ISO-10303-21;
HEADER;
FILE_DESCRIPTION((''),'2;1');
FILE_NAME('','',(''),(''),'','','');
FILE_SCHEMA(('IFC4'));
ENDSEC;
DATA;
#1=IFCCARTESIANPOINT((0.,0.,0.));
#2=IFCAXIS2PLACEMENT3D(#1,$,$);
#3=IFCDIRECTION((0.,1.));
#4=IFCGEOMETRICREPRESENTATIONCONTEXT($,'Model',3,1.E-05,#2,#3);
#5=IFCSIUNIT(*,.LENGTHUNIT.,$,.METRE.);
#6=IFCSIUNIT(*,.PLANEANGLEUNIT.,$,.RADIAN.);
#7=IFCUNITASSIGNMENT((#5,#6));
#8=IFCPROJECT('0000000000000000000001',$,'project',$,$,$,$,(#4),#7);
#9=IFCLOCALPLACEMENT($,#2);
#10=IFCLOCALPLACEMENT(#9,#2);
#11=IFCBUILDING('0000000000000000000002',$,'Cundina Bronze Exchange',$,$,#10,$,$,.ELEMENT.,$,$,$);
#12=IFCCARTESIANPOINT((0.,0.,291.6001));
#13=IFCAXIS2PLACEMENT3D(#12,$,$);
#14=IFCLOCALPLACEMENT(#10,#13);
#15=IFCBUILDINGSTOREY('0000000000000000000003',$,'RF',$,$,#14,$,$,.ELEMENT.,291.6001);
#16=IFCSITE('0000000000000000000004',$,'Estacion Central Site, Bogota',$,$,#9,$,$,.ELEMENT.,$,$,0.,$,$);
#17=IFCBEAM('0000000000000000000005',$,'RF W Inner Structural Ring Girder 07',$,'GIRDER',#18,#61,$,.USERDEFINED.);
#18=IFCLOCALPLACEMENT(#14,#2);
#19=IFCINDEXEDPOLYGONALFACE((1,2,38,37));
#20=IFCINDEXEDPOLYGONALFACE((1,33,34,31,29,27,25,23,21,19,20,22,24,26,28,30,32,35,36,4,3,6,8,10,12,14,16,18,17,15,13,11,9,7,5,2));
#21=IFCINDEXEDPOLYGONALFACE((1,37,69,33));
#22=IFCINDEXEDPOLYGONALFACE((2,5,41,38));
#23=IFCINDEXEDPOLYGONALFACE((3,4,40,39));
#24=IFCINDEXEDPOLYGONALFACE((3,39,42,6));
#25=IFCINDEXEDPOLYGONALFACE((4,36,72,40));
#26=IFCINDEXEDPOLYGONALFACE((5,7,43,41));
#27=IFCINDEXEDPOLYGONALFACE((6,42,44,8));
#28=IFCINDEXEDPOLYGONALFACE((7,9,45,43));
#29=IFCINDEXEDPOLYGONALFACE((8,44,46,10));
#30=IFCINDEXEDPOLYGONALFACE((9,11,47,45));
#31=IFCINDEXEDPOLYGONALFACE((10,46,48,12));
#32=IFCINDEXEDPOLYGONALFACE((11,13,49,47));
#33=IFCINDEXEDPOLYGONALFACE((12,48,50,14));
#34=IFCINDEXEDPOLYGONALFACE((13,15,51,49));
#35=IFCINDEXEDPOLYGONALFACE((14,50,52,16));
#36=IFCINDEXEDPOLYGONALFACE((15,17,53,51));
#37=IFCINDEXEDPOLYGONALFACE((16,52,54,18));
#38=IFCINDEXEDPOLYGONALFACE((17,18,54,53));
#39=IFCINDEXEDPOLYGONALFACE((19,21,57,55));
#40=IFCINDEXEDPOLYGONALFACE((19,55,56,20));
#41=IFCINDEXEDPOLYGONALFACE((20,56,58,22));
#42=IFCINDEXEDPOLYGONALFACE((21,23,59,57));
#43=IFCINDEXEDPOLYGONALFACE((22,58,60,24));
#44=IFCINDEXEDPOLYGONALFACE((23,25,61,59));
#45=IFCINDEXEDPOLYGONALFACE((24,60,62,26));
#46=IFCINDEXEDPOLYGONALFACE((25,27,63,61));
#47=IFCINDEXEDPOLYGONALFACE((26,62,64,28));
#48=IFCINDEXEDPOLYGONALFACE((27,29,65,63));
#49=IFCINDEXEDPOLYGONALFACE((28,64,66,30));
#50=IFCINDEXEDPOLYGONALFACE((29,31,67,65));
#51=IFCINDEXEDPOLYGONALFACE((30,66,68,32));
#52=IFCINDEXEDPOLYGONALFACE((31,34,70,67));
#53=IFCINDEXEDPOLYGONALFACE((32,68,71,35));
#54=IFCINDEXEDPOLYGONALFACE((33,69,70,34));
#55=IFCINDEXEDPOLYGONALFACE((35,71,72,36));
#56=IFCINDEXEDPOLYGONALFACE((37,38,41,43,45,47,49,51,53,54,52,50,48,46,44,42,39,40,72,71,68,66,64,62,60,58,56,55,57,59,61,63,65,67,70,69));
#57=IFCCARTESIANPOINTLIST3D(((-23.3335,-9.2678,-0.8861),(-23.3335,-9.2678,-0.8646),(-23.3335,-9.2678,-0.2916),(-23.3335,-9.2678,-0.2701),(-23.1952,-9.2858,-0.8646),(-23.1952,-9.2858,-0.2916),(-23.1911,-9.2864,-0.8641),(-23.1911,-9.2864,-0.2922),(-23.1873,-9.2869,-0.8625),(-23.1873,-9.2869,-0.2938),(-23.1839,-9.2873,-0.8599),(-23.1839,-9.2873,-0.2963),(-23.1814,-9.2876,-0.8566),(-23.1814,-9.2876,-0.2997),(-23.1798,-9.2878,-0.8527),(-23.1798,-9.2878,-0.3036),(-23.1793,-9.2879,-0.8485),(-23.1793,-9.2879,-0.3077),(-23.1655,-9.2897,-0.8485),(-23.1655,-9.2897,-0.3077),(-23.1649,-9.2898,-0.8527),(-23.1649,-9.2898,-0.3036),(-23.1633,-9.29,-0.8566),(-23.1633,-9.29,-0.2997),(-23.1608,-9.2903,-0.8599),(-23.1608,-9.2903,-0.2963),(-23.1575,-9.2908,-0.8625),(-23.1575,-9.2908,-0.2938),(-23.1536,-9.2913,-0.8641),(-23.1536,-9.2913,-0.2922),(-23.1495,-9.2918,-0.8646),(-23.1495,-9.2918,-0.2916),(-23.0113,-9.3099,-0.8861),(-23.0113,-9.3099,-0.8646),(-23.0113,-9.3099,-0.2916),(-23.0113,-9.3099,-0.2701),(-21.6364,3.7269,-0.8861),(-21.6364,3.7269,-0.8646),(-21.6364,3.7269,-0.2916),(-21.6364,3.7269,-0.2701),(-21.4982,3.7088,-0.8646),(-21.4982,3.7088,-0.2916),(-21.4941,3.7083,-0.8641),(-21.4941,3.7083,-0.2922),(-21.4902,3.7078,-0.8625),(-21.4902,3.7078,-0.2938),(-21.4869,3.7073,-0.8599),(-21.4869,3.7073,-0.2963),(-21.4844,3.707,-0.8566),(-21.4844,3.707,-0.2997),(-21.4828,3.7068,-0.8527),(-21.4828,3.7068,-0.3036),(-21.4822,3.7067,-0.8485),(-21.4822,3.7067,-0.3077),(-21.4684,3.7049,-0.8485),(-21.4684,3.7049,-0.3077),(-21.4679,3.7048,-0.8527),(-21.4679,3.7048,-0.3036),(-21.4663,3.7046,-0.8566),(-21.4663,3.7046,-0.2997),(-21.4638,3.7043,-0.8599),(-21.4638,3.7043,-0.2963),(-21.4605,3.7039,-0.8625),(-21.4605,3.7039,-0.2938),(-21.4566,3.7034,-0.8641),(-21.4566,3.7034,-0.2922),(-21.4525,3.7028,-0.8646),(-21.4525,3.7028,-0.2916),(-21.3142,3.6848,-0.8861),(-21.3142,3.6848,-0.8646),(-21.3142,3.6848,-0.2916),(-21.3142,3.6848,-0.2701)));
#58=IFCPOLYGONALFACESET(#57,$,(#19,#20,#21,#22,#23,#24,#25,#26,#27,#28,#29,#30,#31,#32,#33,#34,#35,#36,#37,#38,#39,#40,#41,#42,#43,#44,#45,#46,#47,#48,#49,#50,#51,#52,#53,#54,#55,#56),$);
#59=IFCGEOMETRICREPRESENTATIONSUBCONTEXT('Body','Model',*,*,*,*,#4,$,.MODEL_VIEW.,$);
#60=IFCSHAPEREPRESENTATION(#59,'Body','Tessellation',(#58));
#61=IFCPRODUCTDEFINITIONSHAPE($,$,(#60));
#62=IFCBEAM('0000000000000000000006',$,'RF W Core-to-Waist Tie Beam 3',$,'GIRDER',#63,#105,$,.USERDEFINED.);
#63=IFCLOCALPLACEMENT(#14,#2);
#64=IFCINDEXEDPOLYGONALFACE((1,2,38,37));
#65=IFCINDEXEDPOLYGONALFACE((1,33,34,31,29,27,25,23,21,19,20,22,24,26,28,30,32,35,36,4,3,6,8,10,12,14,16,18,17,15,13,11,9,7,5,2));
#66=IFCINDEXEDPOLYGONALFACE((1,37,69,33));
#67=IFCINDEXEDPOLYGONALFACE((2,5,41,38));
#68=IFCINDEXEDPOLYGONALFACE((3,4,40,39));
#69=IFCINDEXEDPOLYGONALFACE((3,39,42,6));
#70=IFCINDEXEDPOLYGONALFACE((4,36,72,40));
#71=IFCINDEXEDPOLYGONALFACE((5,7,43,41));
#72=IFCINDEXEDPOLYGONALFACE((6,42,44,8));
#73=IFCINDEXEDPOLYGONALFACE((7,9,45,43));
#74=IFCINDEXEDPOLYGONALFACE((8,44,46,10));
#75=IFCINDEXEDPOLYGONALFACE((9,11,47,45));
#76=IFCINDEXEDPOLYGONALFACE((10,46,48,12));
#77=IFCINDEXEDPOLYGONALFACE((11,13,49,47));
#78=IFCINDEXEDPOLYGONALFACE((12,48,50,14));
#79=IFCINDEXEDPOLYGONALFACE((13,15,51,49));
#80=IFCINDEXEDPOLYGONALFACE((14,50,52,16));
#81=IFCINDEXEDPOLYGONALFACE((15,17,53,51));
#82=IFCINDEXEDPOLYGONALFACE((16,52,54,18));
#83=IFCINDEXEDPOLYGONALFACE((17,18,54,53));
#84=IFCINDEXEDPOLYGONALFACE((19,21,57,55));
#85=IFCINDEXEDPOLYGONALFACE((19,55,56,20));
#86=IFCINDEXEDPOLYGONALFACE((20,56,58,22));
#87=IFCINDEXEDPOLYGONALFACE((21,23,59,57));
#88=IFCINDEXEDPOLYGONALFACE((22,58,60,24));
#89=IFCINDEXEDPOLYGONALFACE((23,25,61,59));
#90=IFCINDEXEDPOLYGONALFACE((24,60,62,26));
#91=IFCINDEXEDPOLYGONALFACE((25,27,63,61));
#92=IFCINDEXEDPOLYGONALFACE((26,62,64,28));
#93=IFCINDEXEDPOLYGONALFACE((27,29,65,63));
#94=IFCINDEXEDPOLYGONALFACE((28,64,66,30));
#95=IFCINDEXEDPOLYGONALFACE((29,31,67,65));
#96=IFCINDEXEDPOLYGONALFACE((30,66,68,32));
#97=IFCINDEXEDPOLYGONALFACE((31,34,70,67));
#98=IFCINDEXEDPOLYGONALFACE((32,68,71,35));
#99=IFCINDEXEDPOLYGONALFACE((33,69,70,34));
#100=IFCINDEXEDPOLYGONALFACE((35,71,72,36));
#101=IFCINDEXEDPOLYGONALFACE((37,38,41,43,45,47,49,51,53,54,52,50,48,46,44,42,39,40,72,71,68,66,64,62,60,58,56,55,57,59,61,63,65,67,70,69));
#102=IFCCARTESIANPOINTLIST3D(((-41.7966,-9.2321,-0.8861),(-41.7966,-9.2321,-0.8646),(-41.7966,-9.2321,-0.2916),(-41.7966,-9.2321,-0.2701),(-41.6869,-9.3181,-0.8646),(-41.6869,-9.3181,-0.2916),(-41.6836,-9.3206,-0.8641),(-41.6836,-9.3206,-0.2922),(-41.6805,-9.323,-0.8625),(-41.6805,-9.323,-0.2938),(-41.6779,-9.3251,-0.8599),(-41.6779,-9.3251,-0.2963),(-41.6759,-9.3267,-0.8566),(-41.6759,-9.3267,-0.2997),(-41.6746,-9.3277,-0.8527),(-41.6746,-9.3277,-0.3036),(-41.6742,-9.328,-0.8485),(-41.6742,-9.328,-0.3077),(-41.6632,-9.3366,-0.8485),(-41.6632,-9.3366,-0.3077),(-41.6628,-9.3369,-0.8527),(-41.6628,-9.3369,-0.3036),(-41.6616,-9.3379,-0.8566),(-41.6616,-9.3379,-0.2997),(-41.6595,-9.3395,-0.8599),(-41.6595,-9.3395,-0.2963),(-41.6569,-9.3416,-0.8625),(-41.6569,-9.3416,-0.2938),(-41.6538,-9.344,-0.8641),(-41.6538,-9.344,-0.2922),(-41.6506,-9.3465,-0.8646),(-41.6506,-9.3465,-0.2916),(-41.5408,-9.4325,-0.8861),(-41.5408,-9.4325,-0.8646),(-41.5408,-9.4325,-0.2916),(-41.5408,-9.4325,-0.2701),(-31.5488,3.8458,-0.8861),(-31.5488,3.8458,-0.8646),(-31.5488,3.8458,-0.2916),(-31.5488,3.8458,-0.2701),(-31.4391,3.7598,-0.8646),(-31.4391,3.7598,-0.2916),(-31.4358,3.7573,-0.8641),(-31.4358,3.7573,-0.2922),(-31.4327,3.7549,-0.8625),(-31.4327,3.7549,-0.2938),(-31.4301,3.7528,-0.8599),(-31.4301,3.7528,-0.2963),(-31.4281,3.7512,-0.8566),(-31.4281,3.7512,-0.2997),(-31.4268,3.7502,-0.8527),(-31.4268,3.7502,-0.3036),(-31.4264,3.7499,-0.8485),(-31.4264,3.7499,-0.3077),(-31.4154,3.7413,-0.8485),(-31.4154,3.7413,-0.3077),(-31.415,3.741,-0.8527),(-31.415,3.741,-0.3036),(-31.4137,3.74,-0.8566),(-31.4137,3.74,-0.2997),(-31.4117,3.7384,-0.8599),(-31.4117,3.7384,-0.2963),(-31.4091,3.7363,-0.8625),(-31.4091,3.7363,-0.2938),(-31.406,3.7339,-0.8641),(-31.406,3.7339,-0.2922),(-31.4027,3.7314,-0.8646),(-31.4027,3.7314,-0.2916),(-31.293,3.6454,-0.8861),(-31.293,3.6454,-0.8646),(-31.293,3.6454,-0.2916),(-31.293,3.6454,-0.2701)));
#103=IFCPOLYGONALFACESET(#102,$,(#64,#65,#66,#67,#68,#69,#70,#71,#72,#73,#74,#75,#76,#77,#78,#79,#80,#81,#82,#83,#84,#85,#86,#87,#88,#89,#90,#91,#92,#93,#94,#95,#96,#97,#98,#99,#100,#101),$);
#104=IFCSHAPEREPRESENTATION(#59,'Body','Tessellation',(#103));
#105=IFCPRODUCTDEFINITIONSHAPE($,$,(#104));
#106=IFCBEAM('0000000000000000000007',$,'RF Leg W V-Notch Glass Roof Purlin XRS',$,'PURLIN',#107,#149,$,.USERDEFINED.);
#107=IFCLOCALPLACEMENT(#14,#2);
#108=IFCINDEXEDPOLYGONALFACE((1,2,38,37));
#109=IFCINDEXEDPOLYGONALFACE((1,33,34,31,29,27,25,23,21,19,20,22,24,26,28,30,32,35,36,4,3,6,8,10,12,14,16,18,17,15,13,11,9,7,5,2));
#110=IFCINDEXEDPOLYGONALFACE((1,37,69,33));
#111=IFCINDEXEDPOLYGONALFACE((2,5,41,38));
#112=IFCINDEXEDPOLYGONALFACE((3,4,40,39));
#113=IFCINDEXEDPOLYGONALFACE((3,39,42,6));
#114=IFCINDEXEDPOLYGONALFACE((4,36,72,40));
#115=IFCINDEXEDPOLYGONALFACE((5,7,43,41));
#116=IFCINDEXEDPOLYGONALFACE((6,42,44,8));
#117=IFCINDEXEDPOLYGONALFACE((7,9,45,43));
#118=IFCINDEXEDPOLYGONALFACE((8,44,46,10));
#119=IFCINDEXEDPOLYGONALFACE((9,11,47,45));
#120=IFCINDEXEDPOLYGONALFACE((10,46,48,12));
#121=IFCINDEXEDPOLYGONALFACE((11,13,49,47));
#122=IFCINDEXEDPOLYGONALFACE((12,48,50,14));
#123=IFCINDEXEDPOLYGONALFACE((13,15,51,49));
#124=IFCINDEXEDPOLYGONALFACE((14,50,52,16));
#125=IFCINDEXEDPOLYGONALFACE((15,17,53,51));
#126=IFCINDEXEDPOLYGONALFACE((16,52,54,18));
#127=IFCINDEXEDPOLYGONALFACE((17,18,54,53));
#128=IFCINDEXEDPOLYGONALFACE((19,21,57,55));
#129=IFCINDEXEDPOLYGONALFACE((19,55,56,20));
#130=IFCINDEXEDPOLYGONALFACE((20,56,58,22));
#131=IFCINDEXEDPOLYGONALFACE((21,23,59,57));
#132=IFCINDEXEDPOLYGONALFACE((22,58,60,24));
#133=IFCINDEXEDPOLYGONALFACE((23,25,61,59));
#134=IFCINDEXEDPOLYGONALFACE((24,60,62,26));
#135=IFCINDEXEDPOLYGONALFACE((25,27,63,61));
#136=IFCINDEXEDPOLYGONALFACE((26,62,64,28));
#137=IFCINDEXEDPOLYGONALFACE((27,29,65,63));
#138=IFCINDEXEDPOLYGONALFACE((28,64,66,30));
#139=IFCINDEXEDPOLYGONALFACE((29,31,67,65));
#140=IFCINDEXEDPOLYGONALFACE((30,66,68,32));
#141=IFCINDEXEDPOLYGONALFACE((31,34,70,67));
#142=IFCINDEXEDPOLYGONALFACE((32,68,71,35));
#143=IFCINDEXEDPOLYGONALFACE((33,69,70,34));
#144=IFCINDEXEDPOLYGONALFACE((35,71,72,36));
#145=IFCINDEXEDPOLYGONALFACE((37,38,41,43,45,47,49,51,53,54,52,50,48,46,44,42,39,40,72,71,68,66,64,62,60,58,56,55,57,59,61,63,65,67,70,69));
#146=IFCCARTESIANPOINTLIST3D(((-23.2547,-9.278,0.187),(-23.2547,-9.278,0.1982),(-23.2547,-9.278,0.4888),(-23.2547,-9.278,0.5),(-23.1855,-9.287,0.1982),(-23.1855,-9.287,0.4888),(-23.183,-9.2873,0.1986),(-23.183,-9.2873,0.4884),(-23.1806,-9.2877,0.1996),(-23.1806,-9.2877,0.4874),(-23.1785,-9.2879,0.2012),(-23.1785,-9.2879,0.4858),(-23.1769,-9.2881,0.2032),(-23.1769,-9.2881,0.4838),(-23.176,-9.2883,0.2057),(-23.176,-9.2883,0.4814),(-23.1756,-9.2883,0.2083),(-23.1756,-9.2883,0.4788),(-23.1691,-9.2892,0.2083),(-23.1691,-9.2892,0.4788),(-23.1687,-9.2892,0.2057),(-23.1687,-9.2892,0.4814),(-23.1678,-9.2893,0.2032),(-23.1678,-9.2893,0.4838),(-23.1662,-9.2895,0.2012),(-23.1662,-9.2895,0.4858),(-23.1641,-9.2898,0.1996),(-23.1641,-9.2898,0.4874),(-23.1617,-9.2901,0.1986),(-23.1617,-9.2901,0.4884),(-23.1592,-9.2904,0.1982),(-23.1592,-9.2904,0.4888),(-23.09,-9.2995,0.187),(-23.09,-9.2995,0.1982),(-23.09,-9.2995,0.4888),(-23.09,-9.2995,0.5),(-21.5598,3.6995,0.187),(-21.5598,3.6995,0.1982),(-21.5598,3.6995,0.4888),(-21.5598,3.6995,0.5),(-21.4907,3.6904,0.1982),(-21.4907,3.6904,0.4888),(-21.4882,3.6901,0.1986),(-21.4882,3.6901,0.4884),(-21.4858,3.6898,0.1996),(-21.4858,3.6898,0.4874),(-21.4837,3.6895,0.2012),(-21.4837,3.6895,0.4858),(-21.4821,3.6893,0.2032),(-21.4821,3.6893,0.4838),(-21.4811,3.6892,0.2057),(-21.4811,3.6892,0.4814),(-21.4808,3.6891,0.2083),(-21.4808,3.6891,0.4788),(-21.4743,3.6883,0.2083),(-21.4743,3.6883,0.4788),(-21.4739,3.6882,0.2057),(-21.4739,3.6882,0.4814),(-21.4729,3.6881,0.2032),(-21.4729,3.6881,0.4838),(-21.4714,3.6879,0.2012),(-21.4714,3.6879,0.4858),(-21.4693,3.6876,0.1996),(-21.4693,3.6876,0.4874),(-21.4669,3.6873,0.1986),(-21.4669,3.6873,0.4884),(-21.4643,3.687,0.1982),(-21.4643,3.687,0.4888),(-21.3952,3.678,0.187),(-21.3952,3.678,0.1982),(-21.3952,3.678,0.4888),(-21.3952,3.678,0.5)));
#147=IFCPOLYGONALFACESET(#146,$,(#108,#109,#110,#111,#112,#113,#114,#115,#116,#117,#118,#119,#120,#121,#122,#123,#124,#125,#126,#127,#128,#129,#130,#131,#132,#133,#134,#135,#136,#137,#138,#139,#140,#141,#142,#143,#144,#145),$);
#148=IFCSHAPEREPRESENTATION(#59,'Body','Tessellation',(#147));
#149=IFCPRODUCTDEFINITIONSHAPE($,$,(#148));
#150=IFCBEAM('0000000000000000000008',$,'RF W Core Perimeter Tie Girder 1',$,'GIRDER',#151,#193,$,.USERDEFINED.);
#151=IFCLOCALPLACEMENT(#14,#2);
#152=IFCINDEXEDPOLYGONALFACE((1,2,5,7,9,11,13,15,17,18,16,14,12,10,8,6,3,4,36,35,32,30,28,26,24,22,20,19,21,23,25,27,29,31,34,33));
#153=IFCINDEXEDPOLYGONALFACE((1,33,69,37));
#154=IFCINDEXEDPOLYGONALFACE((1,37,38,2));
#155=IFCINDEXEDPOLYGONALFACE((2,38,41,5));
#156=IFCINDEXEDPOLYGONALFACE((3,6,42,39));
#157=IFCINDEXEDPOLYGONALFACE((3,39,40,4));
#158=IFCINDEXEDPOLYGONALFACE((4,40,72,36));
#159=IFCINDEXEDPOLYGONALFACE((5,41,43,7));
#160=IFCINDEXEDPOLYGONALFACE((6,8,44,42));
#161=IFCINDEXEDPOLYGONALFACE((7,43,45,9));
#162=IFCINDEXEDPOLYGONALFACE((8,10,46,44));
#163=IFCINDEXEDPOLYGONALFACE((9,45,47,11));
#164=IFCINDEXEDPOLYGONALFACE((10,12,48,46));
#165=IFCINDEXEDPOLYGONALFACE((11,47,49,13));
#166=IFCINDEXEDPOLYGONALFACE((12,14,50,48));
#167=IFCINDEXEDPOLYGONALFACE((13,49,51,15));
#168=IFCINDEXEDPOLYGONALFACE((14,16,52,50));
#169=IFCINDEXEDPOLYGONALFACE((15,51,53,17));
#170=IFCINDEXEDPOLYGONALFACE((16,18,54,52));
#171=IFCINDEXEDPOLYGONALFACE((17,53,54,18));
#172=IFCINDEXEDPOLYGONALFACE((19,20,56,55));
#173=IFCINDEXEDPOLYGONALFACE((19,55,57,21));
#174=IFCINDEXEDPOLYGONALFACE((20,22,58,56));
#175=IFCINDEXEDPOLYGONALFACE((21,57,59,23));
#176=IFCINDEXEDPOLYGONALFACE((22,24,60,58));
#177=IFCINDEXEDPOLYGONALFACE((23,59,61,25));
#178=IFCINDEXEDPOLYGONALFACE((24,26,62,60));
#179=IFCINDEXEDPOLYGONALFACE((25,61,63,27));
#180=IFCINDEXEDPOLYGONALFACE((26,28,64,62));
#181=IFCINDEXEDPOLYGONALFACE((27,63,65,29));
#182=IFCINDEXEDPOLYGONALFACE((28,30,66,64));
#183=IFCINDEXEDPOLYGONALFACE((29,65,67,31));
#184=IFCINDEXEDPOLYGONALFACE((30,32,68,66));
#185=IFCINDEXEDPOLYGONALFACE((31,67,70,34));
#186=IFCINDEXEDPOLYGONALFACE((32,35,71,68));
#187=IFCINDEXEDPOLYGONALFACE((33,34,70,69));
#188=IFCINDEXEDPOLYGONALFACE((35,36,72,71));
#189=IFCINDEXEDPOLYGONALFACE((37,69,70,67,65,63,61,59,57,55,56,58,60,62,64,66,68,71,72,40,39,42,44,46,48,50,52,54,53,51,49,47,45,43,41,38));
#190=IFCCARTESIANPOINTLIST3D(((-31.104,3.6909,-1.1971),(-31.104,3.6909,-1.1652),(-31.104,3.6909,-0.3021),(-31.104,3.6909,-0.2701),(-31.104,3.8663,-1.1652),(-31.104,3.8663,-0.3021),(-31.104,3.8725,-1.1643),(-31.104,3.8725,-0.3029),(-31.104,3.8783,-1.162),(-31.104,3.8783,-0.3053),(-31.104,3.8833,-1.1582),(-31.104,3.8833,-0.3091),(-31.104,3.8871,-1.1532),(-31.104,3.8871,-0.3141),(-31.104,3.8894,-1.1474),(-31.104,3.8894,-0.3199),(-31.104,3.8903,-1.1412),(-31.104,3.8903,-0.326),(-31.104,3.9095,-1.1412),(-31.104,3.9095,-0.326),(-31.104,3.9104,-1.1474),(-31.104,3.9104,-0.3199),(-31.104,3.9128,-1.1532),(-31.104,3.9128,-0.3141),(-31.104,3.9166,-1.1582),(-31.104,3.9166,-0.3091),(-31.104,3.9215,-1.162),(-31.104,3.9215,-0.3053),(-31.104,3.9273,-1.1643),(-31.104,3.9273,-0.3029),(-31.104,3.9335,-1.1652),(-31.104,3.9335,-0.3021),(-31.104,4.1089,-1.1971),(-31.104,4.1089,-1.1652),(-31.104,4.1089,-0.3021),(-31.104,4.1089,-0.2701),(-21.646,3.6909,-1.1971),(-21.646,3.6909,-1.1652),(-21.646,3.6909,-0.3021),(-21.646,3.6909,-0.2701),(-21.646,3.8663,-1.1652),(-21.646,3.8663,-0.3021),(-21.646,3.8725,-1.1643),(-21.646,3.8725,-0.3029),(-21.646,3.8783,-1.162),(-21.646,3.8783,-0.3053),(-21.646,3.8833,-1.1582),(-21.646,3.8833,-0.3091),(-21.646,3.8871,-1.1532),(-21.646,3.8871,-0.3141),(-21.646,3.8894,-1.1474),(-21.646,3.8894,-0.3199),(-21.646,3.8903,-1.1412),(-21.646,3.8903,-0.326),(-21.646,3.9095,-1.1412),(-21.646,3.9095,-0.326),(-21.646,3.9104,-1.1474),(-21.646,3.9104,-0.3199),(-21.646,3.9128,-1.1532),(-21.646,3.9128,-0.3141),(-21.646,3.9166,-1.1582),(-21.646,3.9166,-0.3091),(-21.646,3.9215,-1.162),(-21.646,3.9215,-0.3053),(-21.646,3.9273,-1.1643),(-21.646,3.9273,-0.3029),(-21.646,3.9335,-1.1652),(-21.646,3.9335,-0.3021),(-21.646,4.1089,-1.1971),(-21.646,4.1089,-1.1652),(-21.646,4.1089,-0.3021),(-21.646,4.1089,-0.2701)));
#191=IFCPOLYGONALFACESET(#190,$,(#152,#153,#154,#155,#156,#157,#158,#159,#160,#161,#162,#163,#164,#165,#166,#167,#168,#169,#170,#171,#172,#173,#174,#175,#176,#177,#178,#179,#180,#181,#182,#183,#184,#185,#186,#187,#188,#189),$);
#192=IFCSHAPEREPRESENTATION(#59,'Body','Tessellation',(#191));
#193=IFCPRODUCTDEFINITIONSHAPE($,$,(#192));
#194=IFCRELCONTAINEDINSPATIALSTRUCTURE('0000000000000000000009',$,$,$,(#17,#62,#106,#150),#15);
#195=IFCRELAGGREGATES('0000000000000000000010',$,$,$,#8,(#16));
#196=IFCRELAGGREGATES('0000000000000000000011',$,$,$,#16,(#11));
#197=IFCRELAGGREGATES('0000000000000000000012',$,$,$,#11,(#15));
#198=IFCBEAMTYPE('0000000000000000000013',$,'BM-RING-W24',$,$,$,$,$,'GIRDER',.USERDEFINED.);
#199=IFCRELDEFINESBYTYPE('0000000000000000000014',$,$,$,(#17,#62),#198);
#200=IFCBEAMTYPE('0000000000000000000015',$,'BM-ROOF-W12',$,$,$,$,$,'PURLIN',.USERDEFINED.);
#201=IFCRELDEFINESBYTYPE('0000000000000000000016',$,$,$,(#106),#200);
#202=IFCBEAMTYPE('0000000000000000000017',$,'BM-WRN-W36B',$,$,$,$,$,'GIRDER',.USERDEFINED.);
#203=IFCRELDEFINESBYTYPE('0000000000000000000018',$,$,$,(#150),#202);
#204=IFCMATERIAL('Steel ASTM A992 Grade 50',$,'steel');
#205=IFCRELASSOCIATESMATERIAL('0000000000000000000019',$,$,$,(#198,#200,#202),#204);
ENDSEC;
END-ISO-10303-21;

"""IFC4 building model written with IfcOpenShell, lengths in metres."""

from ifc_helpers import new_model, si_unit, direction, frame, origin, origin_2d, place, context, subcontext, project, spatial, i_section, extrude, material, material_profile, profile_set, type_object, element, save


model = new_model("IFC4")

# Units and contexts
model_context = context("Model", 3, precision=1e-05, world=origin(), true_north=direction((0.0, 1.0)))
body_context = subcontext(model_context, "Body", "Model", "MODEL_VIEW")
ifc_project = project(units=[si_unit("LENGTHUNIT", "METRE"), si_unit("PLANEANGLEUNIT", "RADIAN")], contexts=[model_context])

# Site, building, storey
site_placement = place(None, origin())
site = spatial("IfcSite", under=ifc_project, at=site_placement, Name="Estacion Central Site, Bogota", CompositionType="ELEMENT", RefElevation=0.0)
building_placement = place(site_placement, origin())
building = spatial("IfcBuilding", under=site, at=building_placement, Name="Cundina Bronze Exchange", CompositionType="ELEMENT")
storey_placement = place(building_placement, frame((0.0, 0.0, 291.6001)))
storey = spatial("IfcBuildingStorey", under=building, at=storey_placement, Name="RF", CompositionType="ELEMENT", Elevation=291.6001)

# Beams
ifc_material_1 = material(Name="Steel ASTM A992 Grade 50", Category="steel")
ifc_material_profile_1 = material_profile(ifc_material_1, i_section(OverallWidth=0.325, OverallDepth=0.616, WebThickness=0.0139, FlangeThickness=0.0215, FilletRadius=0.0161, at=origin_2d()), Name="W24X117", Category="steel")
ifc_profile_set_1 = profile_set([ifc_material_profile_1], Name="Steel ASTM A992 Grade 50")
beam_type_1 = type_object("IfcBeamType", Name="BM-RING-W24", ElementType="GIRDER", PredefinedType="USERDEFINED", material=ifc_profile_set_1)
beam_1_placement = place(storey_placement, frame((-23.1724, -9.2888, -0.5781), z_axis=(0.129494, 0.99158, 0.0), x_axis=(-0.99158, 0.129494, 0.0)))
element("IfcBeam", 1, at=beam_1_placement, inside=storey, type_object=beam_type_1, Name="RF W Inner Structural Ring Girder 07", ObjectType="GIRDER", PredefinedType="USERDEFINED", context=body_context, shape_type="SweptSolid", body=[
    extrude(i_section(OverallWidth=0.325, OverallDepth=0.616, WebThickness=0.0139, FlangeThickness=0.0215, FilletRadius=0.0161, at=origin_2d()), origin(), (0.0, 0.0, 1.0), 13.105),
])
beam_2_placement = place(storey_placement, frame((-31.4209, 3.7456, -0.5781), z_axis=(-0.616791, -0.787127, 0.0), x_axis=(0.787127, -0.616791, 0.0)))
element("IfcBeam", 2, at=beam_2_placement, inside=storey, type_object=beam_type_1, Name="RF W Core-to-Waist Tie Beam 3", ObjectType="GIRDER", PredefinedType="USERDEFINED", context=body_context, shape_type="SweptSolid", body=[
    extrude(i_section(OverallWidth=0.325, OverallDepth=0.616, WebThickness=0.0139, FlangeThickness=0.0215, FilletRadius=0.0161, at=origin_2d()), origin(), (0.0, 0.0, 1.0), 16.6147),
])
ifc_material_profile_2 = material_profile(ifc_material_1, i_section(OverallWidth=0.166, OverallDepth=0.313, WebThickness=0.0066, FlangeThickness=0.0112, FilletRadius=0.01, at=origin_2d()), Name="W12X30", Category="steel")
ifc_profile_set_2 = profile_set([ifc_material_profile_2], Name="Steel ASTM A992 Grade 50")
beam_type_2 = type_object("IfcBeamType", Name="BM-ROOF-W12", ElementType="PURLIN", PredefinedType="USERDEFINED", material=ifc_profile_set_2)
beam_3_placement = place(storey_placement, frame((-21.4775, 3.6887, 0.3435), z_axis=(-0.129497, -0.99158, 0.0), x_axis=(0.99158, -0.129497, 0.0)))
element("IfcBeam", 3, at=beam_3_placement, inside=storey, type_object=beam_type_2, Name="RF Leg W V-Notch Glass Roof Purlin XRS", ObjectType="PURLIN", PredefinedType="USERDEFINED", context=body_context, shape_type="SweptSolid", body=[
    extrude(i_section(OverallWidth=0.166, OverallDepth=0.313, WebThickness=0.0066, FlangeThickness=0.0112, FilletRadius=0.01, at=origin_2d()), origin(), (0.0, 0.0, 1.0), 13.0876),
])
ifc_material_profile_3 = material_profile(ifc_material_1, i_section(OverallWidth=0.418, OverallDepth=0.927, WebThickness=0.0193, FlangeThickness=0.032, FilletRadius=0.0239, at=origin_2d()), Name="W36X231", Category="steel")
ifc_profile_set_3 = profile_set([ifc_material_profile_3], Name="Steel ASTM A992 Grade 50")
beam_type_3 = type_object("IfcBeamType", Name="BM-WRN-W36B", ElementType="GIRDER", PredefinedType="USERDEFINED", material=ifc_profile_set_3)
beam_4_placement = place(storey_placement, frame((-31.104, 3.8999, -0.7336), z_axis=(1.0, 0.0, 0.0), x_axis=(0.0, 1.0, 0.0)))
element("IfcBeam", 4, at=beam_4_placement, inside=storey, type_object=beam_type_3, Name="RF W Core Perimeter Tie Girder 1", ObjectType="GIRDER", PredefinedType="USERDEFINED", context=body_context, shape_type="SweptSolid", body=[
    extrude(i_section(OverallWidth=0.418, OverallDepth=0.927, WebThickness=0.0193, FlangeThickness=0.032, FilletRadius=0.0239, at=origin_2d()), origin(), (0.0, 0.0, 1.0), 9.458),
])

save(model, "model.ifc")
